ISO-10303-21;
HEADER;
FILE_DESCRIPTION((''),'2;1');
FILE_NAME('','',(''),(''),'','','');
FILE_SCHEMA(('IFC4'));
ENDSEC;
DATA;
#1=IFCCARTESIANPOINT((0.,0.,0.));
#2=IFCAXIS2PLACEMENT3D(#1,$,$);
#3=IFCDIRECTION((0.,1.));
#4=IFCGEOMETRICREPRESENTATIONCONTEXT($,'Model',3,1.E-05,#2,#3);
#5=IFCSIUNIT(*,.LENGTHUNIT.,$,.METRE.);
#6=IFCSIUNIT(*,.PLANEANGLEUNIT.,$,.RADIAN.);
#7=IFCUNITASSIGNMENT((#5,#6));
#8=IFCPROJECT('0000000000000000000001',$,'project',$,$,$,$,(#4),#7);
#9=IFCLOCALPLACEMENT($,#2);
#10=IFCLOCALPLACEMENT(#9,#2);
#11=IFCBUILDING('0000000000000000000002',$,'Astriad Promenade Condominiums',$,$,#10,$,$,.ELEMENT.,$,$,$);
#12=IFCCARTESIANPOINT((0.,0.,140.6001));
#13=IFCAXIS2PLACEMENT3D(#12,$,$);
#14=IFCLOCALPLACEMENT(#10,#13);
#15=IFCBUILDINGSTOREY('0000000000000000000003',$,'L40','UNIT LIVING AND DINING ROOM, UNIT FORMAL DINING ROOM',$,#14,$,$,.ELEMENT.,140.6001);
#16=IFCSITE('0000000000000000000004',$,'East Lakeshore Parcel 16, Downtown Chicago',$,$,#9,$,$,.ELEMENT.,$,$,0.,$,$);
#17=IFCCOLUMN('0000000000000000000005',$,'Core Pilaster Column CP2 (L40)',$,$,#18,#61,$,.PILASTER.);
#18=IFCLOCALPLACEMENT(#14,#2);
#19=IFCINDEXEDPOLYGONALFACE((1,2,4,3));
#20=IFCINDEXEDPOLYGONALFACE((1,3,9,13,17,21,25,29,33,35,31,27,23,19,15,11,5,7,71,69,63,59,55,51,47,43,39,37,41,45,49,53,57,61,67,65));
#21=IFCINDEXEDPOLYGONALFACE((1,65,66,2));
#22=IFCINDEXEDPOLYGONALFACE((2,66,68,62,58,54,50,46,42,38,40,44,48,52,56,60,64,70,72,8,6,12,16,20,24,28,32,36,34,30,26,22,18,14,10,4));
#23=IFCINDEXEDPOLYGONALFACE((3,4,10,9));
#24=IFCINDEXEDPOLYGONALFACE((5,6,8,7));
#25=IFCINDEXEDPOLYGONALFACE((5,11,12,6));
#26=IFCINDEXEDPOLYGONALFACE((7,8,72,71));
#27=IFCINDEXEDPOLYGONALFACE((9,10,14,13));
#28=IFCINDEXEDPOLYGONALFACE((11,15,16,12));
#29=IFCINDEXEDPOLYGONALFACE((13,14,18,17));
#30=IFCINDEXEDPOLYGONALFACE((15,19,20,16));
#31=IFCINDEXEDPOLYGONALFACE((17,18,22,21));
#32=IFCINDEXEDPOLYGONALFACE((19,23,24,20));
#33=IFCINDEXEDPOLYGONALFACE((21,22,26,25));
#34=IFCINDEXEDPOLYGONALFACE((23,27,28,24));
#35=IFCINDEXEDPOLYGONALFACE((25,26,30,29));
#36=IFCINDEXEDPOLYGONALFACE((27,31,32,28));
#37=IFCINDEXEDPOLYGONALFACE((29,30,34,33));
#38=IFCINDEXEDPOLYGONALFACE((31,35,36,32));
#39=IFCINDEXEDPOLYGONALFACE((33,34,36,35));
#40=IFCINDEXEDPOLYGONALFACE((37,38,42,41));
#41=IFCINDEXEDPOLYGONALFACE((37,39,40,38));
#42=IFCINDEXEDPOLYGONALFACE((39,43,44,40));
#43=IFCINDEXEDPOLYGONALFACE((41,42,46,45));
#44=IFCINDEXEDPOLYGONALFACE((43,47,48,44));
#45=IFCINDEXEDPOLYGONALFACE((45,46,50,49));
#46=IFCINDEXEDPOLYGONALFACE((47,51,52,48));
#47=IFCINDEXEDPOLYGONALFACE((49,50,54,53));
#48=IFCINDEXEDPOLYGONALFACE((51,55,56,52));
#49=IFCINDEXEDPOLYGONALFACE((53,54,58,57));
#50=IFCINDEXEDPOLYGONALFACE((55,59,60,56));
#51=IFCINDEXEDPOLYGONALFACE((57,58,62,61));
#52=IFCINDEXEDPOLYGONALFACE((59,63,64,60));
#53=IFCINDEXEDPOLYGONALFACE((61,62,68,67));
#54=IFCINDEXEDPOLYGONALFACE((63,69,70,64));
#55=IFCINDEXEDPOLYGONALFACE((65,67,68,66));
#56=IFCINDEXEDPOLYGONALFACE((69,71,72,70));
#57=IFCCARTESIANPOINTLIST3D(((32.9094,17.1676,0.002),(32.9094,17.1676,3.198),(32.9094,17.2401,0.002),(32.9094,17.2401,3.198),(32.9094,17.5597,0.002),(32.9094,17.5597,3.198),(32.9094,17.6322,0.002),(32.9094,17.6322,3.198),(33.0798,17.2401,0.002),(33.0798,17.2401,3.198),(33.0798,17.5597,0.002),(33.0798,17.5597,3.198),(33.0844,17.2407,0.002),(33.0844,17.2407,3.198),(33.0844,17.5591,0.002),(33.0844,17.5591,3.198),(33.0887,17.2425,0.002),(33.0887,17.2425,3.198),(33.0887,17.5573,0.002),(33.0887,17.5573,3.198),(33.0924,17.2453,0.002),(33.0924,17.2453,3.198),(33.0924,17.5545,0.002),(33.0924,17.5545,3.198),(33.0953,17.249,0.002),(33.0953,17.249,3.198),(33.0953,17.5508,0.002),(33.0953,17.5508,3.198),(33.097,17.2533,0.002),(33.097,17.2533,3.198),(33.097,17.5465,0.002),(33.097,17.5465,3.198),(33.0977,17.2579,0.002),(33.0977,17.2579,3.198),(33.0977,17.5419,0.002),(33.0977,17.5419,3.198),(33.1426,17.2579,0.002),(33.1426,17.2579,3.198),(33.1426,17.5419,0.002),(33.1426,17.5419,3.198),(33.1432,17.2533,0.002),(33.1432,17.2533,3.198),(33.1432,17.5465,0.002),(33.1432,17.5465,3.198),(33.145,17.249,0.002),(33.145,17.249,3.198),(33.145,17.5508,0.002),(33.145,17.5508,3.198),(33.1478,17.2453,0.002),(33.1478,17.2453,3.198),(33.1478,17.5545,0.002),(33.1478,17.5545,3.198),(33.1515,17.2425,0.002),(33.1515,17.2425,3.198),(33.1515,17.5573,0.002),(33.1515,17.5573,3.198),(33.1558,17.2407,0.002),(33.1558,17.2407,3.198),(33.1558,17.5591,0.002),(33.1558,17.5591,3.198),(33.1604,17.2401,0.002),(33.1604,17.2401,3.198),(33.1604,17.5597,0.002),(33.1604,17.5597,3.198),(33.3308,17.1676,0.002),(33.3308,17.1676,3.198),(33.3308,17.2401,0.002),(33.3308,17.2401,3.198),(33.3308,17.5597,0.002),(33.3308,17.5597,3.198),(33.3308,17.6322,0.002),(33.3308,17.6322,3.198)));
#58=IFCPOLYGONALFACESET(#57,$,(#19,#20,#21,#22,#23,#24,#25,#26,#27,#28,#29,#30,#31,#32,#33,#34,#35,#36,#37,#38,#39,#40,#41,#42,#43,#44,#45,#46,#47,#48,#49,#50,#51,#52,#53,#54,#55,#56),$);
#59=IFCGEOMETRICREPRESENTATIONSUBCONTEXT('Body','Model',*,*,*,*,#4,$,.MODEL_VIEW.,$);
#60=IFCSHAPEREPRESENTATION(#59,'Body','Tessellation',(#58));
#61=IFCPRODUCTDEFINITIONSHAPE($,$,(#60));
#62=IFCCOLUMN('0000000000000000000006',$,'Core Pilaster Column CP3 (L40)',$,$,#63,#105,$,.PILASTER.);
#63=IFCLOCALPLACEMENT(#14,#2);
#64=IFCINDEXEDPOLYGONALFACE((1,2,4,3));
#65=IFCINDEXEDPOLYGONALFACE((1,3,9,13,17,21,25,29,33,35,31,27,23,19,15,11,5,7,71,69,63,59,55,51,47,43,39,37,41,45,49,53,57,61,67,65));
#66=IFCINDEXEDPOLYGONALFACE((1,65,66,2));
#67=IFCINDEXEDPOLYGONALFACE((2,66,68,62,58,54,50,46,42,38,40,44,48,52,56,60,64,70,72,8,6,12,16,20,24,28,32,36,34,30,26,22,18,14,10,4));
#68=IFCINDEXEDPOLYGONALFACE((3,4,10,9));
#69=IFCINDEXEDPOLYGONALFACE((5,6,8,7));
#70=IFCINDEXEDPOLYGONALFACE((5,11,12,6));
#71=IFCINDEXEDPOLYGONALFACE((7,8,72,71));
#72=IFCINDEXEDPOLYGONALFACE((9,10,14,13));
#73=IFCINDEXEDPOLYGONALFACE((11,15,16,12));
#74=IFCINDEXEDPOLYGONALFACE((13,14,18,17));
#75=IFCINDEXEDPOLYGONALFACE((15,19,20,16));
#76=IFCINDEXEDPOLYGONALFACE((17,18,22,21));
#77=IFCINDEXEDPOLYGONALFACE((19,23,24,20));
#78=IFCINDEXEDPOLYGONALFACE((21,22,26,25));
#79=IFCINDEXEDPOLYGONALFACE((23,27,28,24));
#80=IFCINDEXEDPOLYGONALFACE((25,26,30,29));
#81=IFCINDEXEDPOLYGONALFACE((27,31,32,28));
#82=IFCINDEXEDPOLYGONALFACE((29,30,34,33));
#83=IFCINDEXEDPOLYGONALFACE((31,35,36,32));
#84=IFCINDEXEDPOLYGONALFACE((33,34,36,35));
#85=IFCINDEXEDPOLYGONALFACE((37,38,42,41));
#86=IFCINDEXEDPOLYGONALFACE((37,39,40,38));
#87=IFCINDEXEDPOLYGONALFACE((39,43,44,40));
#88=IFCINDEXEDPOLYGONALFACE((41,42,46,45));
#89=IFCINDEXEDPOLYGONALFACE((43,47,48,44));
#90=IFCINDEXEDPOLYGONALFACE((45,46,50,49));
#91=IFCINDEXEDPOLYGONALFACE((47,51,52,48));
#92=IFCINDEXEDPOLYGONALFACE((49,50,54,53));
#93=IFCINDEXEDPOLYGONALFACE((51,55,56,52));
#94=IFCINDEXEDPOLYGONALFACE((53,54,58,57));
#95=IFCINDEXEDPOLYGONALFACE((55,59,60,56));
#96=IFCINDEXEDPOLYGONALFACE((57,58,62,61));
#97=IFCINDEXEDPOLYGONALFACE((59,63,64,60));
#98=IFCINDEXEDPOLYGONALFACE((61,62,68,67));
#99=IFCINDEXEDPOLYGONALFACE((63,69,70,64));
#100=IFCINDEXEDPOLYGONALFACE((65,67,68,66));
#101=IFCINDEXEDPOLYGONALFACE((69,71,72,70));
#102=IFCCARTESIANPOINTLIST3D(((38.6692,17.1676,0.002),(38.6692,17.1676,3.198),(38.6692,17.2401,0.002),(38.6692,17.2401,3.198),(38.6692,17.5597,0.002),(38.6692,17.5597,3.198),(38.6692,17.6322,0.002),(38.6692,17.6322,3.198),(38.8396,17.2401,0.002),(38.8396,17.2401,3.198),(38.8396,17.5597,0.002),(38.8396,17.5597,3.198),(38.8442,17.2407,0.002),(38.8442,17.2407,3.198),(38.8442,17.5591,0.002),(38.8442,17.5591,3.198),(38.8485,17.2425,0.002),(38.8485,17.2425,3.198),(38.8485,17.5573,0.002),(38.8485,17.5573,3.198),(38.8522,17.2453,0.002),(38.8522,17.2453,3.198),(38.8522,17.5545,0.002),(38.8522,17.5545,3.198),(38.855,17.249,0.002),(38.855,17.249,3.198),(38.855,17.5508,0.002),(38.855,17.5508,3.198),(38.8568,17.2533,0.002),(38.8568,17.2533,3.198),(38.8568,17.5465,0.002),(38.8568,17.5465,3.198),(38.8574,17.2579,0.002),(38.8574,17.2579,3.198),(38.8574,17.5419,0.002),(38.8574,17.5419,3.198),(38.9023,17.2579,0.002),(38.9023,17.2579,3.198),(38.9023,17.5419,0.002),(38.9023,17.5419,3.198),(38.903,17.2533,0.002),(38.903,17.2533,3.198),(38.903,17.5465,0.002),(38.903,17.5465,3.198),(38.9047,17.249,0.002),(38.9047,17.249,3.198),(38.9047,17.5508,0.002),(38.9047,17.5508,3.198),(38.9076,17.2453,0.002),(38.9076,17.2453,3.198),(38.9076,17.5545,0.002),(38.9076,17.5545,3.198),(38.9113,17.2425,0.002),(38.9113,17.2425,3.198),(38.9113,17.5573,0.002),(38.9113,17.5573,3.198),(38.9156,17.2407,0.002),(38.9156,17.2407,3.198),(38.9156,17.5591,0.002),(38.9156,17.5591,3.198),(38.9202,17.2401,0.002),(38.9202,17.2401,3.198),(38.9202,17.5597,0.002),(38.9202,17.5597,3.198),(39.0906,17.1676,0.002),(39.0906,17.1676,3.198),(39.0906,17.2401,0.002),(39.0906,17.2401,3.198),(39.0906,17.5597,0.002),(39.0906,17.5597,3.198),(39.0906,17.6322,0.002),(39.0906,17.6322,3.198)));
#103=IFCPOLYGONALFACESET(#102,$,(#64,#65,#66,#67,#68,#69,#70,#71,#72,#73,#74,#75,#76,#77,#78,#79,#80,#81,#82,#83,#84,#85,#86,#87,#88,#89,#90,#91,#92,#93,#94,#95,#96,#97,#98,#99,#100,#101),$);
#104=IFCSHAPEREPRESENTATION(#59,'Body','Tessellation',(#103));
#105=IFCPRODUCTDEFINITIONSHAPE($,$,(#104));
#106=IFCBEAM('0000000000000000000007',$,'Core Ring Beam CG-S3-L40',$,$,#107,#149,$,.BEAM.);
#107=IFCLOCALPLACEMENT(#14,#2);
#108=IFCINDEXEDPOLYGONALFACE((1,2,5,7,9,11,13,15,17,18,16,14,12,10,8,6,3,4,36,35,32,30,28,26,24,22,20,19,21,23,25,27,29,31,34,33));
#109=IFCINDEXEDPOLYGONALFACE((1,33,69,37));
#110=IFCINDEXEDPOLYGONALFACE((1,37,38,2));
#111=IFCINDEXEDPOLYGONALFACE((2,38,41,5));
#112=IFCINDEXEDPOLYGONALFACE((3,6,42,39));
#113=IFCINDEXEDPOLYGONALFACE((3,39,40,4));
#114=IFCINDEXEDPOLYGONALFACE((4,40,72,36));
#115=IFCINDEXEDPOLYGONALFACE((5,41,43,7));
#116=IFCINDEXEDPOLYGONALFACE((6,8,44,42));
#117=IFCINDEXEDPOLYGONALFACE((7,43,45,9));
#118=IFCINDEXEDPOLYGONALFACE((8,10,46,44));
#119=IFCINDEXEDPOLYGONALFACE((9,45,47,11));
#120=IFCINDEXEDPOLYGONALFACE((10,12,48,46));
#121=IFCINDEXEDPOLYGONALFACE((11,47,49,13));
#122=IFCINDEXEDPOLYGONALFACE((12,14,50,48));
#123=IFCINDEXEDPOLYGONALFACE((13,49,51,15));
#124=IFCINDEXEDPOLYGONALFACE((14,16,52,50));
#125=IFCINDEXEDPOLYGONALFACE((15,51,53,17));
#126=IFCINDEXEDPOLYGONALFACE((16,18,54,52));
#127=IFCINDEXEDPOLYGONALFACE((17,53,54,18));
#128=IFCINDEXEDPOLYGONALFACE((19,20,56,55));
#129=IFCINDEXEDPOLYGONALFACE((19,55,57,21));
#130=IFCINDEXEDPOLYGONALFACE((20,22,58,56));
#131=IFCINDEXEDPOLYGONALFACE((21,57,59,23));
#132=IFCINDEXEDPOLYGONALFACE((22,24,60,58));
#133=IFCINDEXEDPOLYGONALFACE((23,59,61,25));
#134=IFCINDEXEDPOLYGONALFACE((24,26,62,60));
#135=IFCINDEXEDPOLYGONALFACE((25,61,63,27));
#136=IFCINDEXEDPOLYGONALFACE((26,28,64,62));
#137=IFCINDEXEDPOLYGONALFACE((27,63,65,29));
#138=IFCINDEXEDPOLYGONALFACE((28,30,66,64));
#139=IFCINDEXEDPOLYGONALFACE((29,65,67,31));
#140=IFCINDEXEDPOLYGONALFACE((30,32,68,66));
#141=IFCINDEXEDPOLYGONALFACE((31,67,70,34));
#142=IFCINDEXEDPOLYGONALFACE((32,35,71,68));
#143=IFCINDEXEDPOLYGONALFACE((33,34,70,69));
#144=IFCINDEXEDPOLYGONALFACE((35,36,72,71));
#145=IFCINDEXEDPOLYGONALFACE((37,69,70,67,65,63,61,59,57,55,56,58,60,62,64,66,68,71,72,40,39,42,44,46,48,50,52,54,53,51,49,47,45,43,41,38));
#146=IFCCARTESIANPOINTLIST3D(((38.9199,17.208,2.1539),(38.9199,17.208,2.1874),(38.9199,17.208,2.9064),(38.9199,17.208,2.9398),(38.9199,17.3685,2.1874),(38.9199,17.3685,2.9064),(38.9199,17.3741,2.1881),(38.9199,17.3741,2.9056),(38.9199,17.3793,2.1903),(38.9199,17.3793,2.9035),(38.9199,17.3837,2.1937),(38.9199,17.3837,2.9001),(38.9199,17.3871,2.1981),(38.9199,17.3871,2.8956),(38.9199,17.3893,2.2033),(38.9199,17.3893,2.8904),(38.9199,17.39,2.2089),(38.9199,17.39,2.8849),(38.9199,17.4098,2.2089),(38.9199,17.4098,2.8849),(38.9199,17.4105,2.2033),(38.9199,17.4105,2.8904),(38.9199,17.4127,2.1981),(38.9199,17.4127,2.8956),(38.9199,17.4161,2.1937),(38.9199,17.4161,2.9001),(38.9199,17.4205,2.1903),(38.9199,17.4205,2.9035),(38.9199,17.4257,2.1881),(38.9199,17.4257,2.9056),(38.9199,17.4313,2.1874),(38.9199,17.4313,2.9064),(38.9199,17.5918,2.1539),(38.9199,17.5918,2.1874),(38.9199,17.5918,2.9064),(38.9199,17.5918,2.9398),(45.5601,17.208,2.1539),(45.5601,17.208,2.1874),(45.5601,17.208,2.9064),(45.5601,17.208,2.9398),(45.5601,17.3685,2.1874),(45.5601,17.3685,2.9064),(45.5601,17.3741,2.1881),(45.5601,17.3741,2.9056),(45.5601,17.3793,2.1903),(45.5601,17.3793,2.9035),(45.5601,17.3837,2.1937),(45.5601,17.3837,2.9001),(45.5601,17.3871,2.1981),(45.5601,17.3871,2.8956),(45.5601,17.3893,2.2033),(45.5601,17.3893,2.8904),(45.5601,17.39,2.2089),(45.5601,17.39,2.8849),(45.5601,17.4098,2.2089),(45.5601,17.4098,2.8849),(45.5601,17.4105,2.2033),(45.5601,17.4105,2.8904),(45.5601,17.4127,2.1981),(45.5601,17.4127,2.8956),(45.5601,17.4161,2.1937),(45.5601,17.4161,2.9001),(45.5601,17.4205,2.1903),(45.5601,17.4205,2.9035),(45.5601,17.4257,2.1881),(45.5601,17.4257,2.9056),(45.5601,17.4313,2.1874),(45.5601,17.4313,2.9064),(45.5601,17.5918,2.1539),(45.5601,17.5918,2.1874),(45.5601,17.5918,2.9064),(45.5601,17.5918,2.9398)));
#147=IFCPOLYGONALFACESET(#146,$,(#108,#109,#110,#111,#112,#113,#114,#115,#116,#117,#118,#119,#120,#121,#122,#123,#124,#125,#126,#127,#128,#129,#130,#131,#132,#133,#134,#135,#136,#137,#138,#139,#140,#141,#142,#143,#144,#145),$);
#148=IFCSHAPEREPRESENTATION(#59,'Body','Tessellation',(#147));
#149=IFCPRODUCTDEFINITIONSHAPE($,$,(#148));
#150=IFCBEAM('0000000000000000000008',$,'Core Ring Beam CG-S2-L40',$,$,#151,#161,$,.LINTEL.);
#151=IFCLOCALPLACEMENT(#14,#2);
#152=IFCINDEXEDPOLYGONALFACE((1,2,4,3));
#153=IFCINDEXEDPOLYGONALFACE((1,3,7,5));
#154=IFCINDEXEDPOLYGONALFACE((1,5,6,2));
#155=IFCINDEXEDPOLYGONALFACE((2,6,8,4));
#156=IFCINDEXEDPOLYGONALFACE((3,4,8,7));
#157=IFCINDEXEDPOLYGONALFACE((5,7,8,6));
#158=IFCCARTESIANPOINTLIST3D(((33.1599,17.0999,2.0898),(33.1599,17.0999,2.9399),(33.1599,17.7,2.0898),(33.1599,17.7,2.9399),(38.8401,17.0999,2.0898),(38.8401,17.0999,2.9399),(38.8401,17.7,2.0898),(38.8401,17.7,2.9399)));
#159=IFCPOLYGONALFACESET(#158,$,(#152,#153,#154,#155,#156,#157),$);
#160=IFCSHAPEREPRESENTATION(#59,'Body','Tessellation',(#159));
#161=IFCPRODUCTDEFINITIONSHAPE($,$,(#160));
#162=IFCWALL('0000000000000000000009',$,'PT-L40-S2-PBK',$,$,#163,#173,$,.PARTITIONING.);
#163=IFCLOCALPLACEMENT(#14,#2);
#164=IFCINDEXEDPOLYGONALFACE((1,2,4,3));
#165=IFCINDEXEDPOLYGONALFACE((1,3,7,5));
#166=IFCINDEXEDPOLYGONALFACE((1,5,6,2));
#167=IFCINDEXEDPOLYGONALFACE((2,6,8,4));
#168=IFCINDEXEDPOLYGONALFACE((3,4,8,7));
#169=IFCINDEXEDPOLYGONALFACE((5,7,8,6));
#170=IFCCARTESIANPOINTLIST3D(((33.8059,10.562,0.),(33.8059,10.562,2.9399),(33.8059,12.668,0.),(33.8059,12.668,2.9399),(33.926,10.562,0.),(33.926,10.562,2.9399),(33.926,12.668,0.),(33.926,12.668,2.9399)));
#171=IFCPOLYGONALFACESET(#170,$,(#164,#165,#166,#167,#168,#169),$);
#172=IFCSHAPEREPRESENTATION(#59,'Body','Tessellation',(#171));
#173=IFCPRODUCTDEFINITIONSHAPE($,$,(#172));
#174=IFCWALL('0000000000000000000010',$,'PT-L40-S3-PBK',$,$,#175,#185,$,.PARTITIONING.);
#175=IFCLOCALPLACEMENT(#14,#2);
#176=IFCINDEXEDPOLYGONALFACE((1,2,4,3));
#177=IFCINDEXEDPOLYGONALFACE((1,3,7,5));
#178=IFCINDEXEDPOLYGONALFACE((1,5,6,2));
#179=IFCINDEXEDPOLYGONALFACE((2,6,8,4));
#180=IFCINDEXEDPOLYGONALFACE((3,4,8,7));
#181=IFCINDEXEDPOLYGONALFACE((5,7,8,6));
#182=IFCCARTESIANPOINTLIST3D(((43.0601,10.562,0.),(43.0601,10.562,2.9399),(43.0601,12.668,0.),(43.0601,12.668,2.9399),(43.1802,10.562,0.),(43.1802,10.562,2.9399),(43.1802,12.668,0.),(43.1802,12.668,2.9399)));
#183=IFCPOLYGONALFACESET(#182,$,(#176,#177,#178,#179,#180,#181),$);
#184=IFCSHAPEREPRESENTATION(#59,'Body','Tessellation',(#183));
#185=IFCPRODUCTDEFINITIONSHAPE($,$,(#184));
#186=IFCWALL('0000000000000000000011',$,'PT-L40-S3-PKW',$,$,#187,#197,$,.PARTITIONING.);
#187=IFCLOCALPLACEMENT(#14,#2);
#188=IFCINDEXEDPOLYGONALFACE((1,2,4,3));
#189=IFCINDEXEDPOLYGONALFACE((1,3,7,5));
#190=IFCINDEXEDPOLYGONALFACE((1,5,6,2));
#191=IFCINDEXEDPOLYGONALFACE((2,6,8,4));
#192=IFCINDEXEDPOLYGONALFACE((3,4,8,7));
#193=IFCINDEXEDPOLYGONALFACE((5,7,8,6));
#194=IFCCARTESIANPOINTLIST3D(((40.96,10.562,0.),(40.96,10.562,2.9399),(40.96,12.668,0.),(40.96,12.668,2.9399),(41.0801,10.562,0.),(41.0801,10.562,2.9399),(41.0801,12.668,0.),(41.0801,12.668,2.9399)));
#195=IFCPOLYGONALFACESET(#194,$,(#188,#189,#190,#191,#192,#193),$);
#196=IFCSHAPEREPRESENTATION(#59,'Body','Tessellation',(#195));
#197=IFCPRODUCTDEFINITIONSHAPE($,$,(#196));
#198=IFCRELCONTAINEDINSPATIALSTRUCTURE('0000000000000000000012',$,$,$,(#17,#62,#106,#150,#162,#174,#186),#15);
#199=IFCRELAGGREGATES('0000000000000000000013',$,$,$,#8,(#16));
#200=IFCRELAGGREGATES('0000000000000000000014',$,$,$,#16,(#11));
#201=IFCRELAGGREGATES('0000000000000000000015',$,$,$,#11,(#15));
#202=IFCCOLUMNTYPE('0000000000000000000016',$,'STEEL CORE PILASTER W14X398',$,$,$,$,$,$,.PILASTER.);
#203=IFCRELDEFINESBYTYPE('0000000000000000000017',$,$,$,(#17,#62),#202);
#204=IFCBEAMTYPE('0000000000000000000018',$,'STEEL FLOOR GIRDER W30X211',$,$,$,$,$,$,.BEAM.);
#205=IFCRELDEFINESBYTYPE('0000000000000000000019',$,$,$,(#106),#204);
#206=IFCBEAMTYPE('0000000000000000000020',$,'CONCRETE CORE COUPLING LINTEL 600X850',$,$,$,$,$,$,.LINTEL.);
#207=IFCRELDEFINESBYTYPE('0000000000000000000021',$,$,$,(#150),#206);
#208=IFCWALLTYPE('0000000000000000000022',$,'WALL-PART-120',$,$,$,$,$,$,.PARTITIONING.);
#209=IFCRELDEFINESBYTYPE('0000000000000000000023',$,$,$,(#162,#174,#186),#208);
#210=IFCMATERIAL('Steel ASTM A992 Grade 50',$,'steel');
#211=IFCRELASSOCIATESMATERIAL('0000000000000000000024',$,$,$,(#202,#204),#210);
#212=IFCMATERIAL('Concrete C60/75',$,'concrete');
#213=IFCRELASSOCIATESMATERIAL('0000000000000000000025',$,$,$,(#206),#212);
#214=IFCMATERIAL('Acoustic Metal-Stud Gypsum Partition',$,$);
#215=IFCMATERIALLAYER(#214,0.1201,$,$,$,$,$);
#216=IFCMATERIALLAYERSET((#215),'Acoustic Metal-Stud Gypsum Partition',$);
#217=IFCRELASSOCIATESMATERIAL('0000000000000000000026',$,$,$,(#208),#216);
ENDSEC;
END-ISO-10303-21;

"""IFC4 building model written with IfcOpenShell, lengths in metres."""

from ifc_helpers import new_model, si_unit, direction, frame, frame_2d, origin, origin_2d, place, context, subcontext, project, spatial, rectangle, i_section, extrude, source, transform, mapped, material, layer, layer_set, material_profile, profile_set, type_object, type_shapes, element, save


model = new_model("IFC4")

# Units and contexts
model_context = context("Model", 3, precision=1e-05, world=origin(), true_north=direction((0.0, 1.0)))
body_context = subcontext(model_context, "Body", "Model", "MODEL_VIEW")
ifc_project = project(units=[si_unit("LENGTHUNIT", "METRE"), si_unit("PLANEANGLEUNIT", "RADIAN")], contexts=[model_context])

# Site, building, storey
site_placement = place(None, origin())
site = spatial("IfcSite", under=ifc_project, at=site_placement, Name="East Lakeshore Parcel 16, Downtown Chicago", CompositionType="ELEMENT", RefElevation=0.0)
building_placement = place(site_placement, origin())
building = spatial("IfcBuilding", under=site, at=building_placement, Name="Astriad Promenade Condominiums", CompositionType="ELEMENT")
storey_placement = place(building_placement, frame((0.0, 0.0, 140.6001)))
storey = spatial("IfcBuildingStorey", under=building, at=storey_placement, Name="L40", Description="UNIT LIVING AND DINING ROOM, UNIT FORMAL DINING ROOM", CompositionType="ELEMENT", Elevation=140.6001)

# Columns
ifc_material_1 = material(Name="Steel ASTM A992 Grade 50", Category="steel")
ifc_material_profile_1 = material_profile(ifc_material_1, i_section(OverallWidth=0.4214, OverallDepth=0.4646, WebThickness=0.0449, FlangeThickness=0.0725, FilletRadius=0.0178, at=origin_2d()), Name="W14X398")
ifc_profile_set_1 = profile_set([ifc_material_profile_1], Name="Steel ASTM A992 Grade 50")
column_type = type_object("IfcColumnType", Name="STEEL CORE PILASTER W14X398", PredefinedType="PILASTER", material=ifc_profile_set_1)
shared_shape_1 = source(origin(), body_context, "Body", "SweptSolid", [
    extrude(i_section(OverallWidth=0.4214, OverallDepth=0.4646, WebThickness=0.0449, FlangeThickness=0.0725, FilletRadius=0.0178, at=origin_2d()), origin(), (0.0, 0.0, 1.0), 3.196),
])
type_shapes(column_type, [shared_shape_1])
for number, where, z_axis, x_axis, name in (
    (1, (33.1201, 17.3999, 0.002), (0.0, 0.0, 1.0), (1.0, 0.0, 0.0), "Core Pilaster Column CP2 (L40)"),
    (2, (38.8799, 17.3999, 0.002), (0.0, 0.0, 1.0), (1.0, 0.0, 0.0), "Core Pilaster Column CP3 (L40)"),
):
    element("IfcColumn", number, at=place(storey_placement, frame(where, z_axis=z_axis, x_axis=x_axis)), inside=storey, type_object=column_type, Name=name, PredefinedType="PILASTER", context=body_context, shape_type="MappedRepresentation", body=[
        mapped(shared_shape_1, transform((0.0, 0.0, 0.0), scale=1.0)),
    ])

# Beams
ifc_material_profile_2 = material_profile(ifc_material_1, i_section(OverallWidth=0.3838, OverallDepth=0.7859, WebThickness=0.0198, FlangeThickness=0.0334, FilletRadius=0.0215, at=origin_2d()), Name="W30X211")
ifc_profile_set_2 = profile_set([ifc_material_profile_2], Name="Steel ASTM A992 Grade 50")
beam_type_1 = type_object("IfcBeamType", Name="STEEL FLOOR GIRDER W30X211", PredefinedType="BEAM", material=ifc_profile_set_2)
shared_shape_2 = source(origin(), body_context, "Body", "SweptSolid", [
    extrude(i_section(OverallWidth=0.3838, OverallDepth=0.7859, WebThickness=0.0198, FlangeThickness=0.0334, FilletRadius=0.0215, at=origin_2d()), origin(), (0.0, 0.0, 1.0), 6.6401),
])
type_shapes(beam_type_1, [shared_shape_2])
beam_1_placement = place(storey_placement, frame((38.9199, 17.3999, 2.5469), z_axis=(1.0, 0.0, 0.0), x_axis=(0.0, 1.0, 0.0)))
element("IfcBeam", 3, at=beam_1_placement, inside=storey, type_object=beam_type_1, Name="Core Ring Beam CG-S3-L40", PredefinedType="BEAM", context=body_context, shape_type="MappedRepresentation", body=[
    mapped(shared_shape_2, transform((0.0, 0.0, 0.0), scale=1.0)),
])
ifc_material_2 = material(Name="Concrete C60/75", Category="concrete")
ifc_material_profile_3 = material_profile(ifc_material_2, rectangle(XDim=0.6001, YDim=0.8501, at=origin_2d()), Name="RC-BM-600X850")
ifc_profile_set_3 = profile_set([ifc_material_profile_3], Name="Concrete C60/75")
beam_type_2 = type_object("IfcBeamType", Name="CONCRETE CORE COUPLING LINTEL 600X850", PredefinedType="LINTEL", material=ifc_profile_set_3)
shared_shape_3 = source(origin(), body_context, "Body", "SweptSolid", [
    extrude(rectangle(XDim=0.6001, YDim=0.8501, at=origin_2d()), origin(), (0.0, 0.0, 1.0), 5.6802),
])
type_shapes(beam_type_2, [shared_shape_3])
beam_2_placement = place(storey_placement, frame((33.1599, 17.3999, 2.5149), z_axis=(1.0, 0.0, 0.0), x_axis=(0.0, 1.0, 0.0)))
element("IfcBeam", 4, at=beam_2_placement, inside=storey, type_object=beam_type_2, Name="Core Ring Beam CG-S2-L40", PredefinedType="LINTEL", context=body_context, shape_type="MappedRepresentation", body=[
    mapped(shared_shape_3, transform((0.0, 0.0, 0.0), scale=1.0)),
])

# Walls
ifc_material_3 = material(Name="Acoustic Metal-Stud Gypsum Partition")
ifc_layer_1 = layer(ifc_material_3, 0.1201)
ifc_layer_set_1 = layer_set([ifc_layer_1], Name="Acoustic Metal-Stud Gypsum Partition")
wall_type_1 = type_object("IfcWallType", Name="WALL-PART-120", PredefinedType="PARTITIONING", material=ifc_layer_set_1)
for number, where, z_axis, x_axis, name in (
    (5, (33.866, 10.562, 0.0), (0.0, 0.0, 1.0), (0.0, 1.0, 0.0), "PT-L40-S2-PBK"),
    (6, (43.1201, 10.562, 0.0), (0.0, 0.0, 1.0), (0.0, 1.0, 0.0), "PT-L40-S3-PBK"),
    (7, (41.02, 10.562, 0.0), (0.0, 0.0, 1.0), (0.0, 1.0, 0.0), "PT-L40-S3-PKW"),
):
    element("IfcWall", number, at=place(storey_placement, frame(where, z_axis=z_axis, x_axis=x_axis)), inside=storey, type_object=wall_type_1, Name=name, PredefinedType="PARTITIONING", context=body_context, shape_type="SweptSolid", body=[
        extrude(rectangle(XDim=2.106, YDim=0.1201, at=frame_2d((1.053, 0.0))), origin(), (0.0, 0.0, 1.0), 2.9399),
    ])

save(model, "model.ifc")
